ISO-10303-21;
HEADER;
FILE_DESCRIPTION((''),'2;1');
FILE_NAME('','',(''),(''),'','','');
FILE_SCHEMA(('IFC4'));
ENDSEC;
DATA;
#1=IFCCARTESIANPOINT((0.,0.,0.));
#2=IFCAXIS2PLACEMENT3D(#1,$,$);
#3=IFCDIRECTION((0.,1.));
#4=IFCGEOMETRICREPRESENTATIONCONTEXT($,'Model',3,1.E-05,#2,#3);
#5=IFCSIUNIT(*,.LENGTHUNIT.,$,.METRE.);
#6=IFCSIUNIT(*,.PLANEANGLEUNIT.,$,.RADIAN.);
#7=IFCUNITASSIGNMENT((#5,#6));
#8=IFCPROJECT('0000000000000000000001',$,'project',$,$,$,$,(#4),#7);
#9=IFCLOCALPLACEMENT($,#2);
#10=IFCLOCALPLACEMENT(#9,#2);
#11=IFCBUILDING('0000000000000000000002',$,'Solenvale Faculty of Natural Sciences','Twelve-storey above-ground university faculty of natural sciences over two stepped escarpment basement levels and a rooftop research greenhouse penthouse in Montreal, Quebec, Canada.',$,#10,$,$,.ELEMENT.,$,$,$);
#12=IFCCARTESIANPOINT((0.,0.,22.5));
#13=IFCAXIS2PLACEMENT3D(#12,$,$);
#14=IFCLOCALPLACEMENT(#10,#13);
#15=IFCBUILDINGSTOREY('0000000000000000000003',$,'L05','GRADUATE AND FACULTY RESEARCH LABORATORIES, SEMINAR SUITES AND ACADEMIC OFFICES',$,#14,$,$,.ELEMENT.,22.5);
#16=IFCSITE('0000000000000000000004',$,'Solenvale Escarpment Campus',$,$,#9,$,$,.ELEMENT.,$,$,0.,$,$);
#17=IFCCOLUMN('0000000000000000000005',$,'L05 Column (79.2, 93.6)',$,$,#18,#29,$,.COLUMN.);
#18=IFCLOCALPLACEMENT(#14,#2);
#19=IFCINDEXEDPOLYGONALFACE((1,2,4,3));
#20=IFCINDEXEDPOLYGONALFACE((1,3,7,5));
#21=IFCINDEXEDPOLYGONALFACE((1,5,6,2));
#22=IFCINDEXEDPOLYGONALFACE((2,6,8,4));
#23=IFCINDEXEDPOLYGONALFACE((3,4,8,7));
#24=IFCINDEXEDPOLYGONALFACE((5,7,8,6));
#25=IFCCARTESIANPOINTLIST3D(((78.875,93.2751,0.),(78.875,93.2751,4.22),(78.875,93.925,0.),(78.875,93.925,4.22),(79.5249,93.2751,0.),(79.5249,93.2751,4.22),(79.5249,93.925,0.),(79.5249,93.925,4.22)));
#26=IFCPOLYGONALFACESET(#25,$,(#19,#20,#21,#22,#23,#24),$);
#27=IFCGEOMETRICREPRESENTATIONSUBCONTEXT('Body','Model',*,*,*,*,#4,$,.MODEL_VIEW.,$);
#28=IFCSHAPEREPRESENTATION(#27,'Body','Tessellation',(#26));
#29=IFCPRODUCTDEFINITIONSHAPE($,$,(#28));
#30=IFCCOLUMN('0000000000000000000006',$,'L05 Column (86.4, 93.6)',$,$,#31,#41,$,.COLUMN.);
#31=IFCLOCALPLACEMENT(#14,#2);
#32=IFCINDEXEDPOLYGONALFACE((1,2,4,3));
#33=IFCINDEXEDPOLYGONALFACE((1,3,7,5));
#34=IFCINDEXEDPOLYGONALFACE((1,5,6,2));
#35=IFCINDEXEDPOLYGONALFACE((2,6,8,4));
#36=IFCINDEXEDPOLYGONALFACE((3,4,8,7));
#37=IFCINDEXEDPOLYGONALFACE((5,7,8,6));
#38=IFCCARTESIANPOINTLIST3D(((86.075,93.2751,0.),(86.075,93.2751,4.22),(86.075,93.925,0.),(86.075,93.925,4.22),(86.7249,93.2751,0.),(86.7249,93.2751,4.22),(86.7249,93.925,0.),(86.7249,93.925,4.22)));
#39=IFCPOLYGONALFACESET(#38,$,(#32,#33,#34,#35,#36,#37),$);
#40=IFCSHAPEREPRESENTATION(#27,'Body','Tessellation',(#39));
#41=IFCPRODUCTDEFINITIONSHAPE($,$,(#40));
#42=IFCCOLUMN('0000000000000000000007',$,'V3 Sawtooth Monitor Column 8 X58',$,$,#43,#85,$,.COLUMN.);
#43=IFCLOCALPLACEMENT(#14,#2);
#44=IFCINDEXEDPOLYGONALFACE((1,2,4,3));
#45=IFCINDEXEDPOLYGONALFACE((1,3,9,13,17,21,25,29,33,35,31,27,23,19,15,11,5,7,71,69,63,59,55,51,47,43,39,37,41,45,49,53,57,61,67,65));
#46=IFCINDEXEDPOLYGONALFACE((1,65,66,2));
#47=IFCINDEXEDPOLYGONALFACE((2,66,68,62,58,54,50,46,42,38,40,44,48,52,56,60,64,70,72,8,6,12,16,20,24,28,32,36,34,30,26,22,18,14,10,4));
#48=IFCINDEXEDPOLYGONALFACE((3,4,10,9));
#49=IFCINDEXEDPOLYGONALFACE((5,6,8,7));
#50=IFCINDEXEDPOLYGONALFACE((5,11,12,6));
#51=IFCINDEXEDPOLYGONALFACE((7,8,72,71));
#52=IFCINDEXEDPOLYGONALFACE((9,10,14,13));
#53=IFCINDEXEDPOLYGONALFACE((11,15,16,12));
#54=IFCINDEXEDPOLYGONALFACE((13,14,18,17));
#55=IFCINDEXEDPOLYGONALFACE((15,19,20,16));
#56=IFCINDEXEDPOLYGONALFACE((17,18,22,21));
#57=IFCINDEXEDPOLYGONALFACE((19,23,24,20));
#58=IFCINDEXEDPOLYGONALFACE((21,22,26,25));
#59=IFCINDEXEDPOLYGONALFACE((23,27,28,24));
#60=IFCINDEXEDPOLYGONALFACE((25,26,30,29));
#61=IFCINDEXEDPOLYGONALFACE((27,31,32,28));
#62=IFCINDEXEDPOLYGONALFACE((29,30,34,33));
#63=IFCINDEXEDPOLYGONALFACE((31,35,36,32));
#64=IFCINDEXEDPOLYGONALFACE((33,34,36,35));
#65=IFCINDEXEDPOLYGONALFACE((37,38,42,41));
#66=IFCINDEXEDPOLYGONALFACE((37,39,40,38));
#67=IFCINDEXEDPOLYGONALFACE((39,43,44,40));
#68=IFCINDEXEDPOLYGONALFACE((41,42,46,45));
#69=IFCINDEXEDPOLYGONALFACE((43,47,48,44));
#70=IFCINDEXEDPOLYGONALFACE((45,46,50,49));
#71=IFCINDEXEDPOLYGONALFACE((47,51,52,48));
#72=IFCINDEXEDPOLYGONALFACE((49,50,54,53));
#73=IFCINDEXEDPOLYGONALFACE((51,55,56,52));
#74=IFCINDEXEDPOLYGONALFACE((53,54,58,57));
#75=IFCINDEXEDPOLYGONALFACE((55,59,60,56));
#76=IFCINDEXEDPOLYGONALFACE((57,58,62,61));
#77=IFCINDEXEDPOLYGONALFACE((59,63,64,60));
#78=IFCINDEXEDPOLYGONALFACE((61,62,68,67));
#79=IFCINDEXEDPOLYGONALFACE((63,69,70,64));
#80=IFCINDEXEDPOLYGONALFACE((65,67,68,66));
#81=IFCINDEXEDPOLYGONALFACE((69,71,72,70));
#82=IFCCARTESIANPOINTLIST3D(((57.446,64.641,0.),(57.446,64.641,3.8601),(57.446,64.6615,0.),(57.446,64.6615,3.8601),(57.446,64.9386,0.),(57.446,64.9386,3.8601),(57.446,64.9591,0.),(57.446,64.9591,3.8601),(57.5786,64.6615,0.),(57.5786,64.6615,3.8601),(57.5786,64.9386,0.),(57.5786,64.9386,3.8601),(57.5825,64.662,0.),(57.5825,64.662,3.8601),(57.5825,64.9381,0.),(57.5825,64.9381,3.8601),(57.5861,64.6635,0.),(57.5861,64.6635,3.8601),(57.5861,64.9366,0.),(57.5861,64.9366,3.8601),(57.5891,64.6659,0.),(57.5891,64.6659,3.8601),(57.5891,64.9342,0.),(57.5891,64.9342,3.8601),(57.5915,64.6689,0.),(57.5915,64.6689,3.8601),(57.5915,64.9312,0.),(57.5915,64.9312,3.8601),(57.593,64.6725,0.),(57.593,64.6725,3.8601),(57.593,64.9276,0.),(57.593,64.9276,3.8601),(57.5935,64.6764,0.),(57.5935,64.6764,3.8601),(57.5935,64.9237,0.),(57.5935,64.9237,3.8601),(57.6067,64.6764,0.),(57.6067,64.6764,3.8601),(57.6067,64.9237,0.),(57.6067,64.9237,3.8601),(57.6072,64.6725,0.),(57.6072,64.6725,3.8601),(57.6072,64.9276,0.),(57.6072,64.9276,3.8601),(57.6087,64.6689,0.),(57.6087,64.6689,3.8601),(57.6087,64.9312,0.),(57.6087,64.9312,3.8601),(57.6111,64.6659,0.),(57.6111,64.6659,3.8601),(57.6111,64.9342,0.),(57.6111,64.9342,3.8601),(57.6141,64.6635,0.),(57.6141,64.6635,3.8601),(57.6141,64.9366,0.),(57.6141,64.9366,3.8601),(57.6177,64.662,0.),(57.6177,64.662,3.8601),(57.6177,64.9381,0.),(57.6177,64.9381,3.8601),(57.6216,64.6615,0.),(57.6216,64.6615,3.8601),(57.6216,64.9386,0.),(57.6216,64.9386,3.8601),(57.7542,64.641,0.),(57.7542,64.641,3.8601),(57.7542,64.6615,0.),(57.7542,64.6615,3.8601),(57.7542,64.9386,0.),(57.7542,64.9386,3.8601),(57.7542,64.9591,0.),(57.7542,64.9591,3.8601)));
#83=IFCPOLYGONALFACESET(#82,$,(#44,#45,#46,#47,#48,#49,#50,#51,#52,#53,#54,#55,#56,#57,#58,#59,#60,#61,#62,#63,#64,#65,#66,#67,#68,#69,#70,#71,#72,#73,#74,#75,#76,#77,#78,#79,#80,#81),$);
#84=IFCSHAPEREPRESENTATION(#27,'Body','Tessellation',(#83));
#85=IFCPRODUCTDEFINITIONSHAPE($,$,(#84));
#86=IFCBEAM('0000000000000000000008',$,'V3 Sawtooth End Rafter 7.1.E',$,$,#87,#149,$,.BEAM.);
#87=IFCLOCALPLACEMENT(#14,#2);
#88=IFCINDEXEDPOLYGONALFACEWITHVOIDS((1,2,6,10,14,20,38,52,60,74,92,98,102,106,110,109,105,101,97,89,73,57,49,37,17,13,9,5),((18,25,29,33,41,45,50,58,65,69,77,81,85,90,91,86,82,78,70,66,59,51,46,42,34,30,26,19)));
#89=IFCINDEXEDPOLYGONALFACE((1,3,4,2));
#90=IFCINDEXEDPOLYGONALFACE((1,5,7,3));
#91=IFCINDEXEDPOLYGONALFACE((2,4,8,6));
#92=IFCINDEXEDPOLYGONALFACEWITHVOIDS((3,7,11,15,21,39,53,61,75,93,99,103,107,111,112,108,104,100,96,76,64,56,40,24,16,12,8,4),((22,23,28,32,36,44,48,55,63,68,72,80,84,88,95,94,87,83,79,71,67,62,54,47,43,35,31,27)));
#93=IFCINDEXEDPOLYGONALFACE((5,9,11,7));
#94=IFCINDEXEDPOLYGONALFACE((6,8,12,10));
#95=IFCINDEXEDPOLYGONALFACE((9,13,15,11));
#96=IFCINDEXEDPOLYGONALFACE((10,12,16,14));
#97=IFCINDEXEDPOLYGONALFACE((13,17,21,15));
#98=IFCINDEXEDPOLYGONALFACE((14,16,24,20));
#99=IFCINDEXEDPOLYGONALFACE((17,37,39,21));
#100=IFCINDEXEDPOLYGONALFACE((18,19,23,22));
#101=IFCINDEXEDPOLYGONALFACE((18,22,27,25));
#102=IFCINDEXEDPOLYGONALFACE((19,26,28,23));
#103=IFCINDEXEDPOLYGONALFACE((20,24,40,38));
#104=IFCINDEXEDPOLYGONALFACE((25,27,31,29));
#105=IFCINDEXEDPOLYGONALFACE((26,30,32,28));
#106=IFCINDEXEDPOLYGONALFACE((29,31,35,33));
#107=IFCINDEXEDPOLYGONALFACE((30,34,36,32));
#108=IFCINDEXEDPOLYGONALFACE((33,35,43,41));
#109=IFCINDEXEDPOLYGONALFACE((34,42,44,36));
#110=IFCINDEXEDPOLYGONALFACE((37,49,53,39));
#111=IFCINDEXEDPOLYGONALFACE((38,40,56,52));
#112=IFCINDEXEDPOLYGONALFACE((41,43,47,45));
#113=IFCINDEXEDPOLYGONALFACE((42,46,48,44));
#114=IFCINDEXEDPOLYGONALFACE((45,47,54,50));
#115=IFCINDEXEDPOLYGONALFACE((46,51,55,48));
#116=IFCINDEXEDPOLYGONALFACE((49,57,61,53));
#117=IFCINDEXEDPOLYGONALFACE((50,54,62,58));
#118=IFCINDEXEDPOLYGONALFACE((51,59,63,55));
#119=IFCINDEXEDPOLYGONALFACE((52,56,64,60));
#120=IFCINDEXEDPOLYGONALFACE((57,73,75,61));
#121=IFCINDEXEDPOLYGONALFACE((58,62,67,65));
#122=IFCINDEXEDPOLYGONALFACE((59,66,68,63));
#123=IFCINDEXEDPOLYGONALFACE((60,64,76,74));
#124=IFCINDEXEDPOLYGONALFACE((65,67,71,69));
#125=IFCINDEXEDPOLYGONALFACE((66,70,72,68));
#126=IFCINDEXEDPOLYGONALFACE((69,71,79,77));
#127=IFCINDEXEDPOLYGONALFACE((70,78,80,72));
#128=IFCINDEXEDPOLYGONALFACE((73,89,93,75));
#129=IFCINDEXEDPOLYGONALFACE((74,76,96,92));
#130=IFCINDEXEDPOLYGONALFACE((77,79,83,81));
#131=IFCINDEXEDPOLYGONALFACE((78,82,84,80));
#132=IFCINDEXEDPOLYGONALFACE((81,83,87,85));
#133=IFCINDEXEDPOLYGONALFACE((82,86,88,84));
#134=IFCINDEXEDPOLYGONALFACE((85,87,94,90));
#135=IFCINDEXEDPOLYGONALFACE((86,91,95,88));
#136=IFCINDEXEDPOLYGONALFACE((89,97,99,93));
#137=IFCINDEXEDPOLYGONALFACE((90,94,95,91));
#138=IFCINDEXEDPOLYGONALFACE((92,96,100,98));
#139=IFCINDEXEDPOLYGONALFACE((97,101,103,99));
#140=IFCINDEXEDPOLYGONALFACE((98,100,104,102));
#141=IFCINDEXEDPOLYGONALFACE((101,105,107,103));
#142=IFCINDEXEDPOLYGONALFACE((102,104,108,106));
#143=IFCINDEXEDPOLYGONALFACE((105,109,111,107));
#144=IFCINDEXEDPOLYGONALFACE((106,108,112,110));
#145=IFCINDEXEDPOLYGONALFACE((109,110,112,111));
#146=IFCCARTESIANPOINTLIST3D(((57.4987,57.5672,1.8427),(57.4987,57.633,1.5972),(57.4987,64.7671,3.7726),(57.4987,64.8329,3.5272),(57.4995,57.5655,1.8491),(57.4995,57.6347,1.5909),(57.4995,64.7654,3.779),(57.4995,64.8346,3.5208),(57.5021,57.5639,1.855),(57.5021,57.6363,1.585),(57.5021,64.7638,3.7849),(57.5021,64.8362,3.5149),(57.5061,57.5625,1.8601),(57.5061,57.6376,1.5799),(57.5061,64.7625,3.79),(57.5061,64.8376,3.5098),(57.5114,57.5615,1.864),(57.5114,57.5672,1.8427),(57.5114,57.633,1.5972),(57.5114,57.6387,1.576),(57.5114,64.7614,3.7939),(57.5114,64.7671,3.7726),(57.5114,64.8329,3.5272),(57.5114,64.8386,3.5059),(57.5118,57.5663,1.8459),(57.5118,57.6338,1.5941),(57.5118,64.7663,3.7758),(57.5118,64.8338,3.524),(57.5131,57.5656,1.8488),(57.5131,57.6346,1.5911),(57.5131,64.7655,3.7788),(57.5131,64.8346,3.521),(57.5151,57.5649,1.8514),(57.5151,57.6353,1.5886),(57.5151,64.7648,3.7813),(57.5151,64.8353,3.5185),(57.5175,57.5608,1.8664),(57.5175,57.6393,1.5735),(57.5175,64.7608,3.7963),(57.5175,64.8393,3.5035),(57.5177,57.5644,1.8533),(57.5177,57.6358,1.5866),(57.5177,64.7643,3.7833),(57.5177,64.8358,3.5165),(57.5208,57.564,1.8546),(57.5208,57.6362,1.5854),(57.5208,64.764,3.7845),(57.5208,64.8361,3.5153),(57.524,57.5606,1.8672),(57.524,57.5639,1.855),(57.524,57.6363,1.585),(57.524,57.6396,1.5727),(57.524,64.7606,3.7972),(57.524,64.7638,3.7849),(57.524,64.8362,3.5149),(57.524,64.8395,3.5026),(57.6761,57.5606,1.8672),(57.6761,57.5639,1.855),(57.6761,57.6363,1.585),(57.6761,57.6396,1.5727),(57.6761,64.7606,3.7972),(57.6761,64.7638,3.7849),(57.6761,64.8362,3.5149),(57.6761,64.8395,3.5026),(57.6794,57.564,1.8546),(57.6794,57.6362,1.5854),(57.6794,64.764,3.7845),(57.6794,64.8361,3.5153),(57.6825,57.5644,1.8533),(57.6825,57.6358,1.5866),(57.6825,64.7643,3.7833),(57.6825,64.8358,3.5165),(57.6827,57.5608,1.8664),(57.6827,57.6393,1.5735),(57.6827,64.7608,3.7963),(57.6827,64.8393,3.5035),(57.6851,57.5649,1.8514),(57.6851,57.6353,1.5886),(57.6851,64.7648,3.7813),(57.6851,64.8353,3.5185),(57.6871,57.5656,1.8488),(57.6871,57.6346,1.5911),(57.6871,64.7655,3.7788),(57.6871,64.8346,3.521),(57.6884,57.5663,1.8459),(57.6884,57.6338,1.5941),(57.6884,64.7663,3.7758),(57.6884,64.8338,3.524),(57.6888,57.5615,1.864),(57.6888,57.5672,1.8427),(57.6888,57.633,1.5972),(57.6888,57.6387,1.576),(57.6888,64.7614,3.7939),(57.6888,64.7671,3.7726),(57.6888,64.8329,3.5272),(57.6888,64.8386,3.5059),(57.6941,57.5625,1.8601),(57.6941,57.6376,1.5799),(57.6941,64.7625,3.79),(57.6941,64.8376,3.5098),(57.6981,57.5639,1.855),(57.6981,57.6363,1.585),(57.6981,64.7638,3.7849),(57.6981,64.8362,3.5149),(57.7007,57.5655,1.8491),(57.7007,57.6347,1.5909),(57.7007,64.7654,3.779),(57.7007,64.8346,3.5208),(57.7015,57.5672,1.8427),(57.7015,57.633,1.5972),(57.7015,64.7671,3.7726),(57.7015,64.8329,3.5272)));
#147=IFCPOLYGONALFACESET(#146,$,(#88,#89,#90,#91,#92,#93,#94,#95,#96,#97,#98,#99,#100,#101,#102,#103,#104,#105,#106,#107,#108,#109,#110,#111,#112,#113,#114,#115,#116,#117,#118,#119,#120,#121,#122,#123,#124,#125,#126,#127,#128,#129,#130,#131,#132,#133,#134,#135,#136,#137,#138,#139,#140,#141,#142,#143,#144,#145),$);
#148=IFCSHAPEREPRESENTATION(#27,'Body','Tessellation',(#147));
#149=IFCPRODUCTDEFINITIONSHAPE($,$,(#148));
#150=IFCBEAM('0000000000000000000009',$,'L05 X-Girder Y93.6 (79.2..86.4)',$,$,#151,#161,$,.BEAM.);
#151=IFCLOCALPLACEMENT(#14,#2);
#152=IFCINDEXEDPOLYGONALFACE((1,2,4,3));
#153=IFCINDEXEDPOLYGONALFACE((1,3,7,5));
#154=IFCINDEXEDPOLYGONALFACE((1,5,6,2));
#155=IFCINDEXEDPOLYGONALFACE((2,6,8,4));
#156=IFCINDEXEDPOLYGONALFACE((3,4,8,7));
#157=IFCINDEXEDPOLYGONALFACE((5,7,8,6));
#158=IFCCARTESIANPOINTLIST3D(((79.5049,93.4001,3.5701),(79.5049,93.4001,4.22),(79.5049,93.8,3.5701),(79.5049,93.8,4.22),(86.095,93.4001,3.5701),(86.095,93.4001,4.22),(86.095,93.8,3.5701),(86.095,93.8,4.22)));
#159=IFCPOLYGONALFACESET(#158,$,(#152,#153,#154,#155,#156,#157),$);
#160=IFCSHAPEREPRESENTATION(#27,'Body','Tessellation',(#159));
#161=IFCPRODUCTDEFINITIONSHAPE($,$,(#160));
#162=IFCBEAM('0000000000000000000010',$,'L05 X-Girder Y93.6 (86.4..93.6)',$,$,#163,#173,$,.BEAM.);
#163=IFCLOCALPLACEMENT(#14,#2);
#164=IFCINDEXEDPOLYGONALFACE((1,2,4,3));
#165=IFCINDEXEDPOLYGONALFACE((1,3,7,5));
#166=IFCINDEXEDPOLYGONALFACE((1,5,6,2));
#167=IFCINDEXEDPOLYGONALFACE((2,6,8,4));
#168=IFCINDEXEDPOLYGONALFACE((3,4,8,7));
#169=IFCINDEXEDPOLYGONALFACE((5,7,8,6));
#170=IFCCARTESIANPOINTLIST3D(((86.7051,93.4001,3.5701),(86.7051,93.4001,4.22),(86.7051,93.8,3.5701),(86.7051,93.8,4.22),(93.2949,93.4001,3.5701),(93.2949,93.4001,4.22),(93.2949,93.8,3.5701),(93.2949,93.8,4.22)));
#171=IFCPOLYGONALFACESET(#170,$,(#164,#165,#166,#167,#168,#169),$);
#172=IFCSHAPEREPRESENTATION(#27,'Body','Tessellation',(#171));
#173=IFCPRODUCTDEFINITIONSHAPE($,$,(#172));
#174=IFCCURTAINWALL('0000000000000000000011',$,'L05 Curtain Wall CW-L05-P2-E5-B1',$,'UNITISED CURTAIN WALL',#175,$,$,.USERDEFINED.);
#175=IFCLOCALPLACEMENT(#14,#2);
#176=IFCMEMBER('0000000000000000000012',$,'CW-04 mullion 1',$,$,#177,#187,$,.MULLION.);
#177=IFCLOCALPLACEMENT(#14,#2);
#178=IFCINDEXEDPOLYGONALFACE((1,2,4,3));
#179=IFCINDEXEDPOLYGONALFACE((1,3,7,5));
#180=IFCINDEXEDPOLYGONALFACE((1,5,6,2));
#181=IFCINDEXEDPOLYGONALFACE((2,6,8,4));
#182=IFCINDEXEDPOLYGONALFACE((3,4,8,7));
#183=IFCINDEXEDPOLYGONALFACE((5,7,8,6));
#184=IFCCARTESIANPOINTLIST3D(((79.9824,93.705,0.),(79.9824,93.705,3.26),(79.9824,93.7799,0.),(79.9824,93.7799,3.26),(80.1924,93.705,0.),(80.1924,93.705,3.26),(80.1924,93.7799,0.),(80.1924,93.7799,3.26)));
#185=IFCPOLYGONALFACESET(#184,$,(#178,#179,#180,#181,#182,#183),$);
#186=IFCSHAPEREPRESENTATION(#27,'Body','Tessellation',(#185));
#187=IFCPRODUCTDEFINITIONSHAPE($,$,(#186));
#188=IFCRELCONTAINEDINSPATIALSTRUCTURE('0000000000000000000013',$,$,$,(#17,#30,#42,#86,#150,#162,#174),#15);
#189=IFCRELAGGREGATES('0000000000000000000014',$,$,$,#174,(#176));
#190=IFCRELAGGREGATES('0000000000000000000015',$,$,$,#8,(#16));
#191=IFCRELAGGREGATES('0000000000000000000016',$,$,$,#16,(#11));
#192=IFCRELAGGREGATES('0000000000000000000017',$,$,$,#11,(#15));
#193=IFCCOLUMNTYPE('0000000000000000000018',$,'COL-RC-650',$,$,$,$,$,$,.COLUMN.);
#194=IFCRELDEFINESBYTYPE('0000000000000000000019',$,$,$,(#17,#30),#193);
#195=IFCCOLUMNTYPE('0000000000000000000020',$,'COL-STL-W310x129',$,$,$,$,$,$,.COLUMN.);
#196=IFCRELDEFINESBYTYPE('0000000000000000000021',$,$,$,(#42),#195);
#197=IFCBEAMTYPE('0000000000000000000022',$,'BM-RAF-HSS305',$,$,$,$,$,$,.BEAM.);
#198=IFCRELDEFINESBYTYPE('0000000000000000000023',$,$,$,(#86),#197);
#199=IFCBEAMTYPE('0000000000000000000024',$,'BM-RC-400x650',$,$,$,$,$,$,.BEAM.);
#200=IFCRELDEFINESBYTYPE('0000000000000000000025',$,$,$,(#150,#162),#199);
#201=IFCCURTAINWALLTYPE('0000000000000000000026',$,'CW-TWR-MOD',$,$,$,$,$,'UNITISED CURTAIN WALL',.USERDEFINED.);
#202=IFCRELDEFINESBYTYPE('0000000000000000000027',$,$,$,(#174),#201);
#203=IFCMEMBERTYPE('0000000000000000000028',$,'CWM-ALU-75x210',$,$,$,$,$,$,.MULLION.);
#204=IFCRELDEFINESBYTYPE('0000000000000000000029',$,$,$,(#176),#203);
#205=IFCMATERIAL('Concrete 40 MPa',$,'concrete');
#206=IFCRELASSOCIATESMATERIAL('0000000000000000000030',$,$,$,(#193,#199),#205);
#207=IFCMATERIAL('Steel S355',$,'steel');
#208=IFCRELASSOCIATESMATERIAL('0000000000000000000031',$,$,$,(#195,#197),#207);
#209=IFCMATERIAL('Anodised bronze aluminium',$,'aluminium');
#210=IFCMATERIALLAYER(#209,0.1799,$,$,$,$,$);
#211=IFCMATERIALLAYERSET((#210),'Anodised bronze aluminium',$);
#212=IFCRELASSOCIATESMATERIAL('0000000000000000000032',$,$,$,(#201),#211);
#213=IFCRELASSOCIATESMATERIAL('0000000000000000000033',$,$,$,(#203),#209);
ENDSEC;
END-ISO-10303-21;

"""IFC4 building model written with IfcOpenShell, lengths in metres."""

from ifc_helpers import new_model, si_unit, direction, frame, origin, origin_2d, place, context, subcontext, project, spatial, rectangle, hollow_rectangle, i_section, extrude, material, layer, layer_set, material_profile, profile_set, type_object, element, aggregate, save


model = new_model("IFC4")

# Units and contexts
model_context = context("Model", 3, precision=1e-05, world=origin(), true_north=direction((0.0, 1.0)))
body_context = subcontext(model_context, "Body", "Model", "MODEL_VIEW")
ifc_project = project(units=[si_unit("LENGTHUNIT", "METRE"), si_unit("PLANEANGLEUNIT", "RADIAN")], contexts=[model_context])

# Site, building, storey
site_placement = place(None, origin())
site = spatial("IfcSite", under=ifc_project, at=site_placement, Name="Solenvale Escarpment Campus", CompositionType="ELEMENT", RefElevation=0.0)
building_placement = place(site_placement, origin())
building = spatial("IfcBuilding", under=site, at=building_placement, Name="Solenvale Faculty of Natural Sciences", Description="Twelve-storey above-ground university faculty of natural sciences over two stepped escarpment basement levels and a rooftop research greenhouse penthouse in Montreal, Quebec, Canada.", CompositionType="ELEMENT")
storey_placement = place(building_placement, frame((0.0, 0.0, 22.5)))
storey = spatial("IfcBuildingStorey", under=building, at=storey_placement, Name="L05", Description="GRADUATE AND FACULTY RESEARCH LABORATORIES, SEMINAR SUITES AND ACADEMIC OFFICES", CompositionType="ELEMENT", Elevation=22.5)

# Columns
ifc_material_1 = material(Name="Concrete 40 MPa", Category="concrete")
ifc_material_profile_1 = material_profile(ifc_material_1, rectangle(XDim=0.6499, YDim=0.6499, at=origin_2d()), Name="RC-COL-650x650")
ifc_profile_set_1 = profile_set([ifc_material_profile_1], Name="Concrete 40 MPa")
column_type_1 = type_object("IfcColumnType", Name="COL-RC-650", PredefinedType="COLUMN", material=ifc_profile_set_1)
for number, where, z_axis, x_axis, name in (
    (1, (79.2, 93.6001, 0.0), (0.0, 0.0, 1.0), (1.0, 0.0, 0.0), "L05 Column (79.2, 93.6)"),
    (2, (86.3999, 93.6001, 0.0), (0.0, 0.0, 1.0), (1.0, 0.0, 0.0), "L05 Column (86.4, 93.6)"),
):
    element("IfcColumn", number, at=place(storey_placement, frame(where, z_axis=z_axis, x_axis=x_axis)), inside=storey, type_object=column_type_1, Name=name, PredefinedType="COLUMN", context=body_context, shape_type="SweptSolid", body=[
        extrude(rectangle(XDim=0.6499, YDim=0.6499, at=origin_2d()), origin(), (0.0, 0.0, 1.0), 4.22),
    ])
ifc_material_2 = material(Name="Steel S355", Category="steel")
ifc_material_profile_2 = material_profile(ifc_material_2, i_section(OverallWidth=0.3081, OverallDepth=0.3181, WebThickness=0.0132, FlangeThickness=0.0205, FilletRadius=0.0149, at=origin_2d()), Name="W310x129")
ifc_profile_set_2 = profile_set([ifc_material_profile_2], Name="Steel S355")
column_type_2 = type_object("IfcColumnType", Name="COL-STL-W310x129", PredefinedType="COLUMN", material=ifc_profile_set_2)
column_placement = place(storey_placement, frame((57.6001, 64.8, 0.0), z_axis=(0.0, 0.0, 1.0), x_axis=(1.0, 0.0, 0.0)))
element("IfcColumn", 3, at=column_placement, inside=storey, type_object=column_type_2, Name="V3 Sawtooth Monitor Column 8 X58", PredefinedType="COLUMN", context=body_context, shape_type="SweptSolid", body=[
    extrude(i_section(OverallWidth=0.3081, OverallDepth=0.3181, WebThickness=0.0132, FlangeThickness=0.0205, FilletRadius=0.0149, at=origin_2d()), origin(), (0.0, 0.0, 1.0), 3.8601),
])

# Beams
ifc_material_profile_3 = material_profile(ifc_material_2, hollow_rectangle(XDim=0.2029, YDim=0.3049, WallThickness=0.0127, InnerFilletRadius=0.0127, OuterFilletRadius=0.0254, at=origin_2d()), Name="HSS305x203x13")
ifc_profile_set_3 = profile_set([ifc_material_profile_3], Name="Steel S355")
beam_type_1 = type_object("IfcBeamType", Name="BM-RAF-HSS305", PredefinedType="BEAM", material=ifc_profile_set_3)
beam_1_placement = place(storey_placement, frame((57.6001, 57.6001, 1.72), z_axis=(0.0, 0.965902, 0.258908), x_axis=(-1.0, 0.0, 0.0)))
element("IfcBeam", 4, at=beam_1_placement, inside=storey, type_object=beam_type_1, Name="V3 Sawtooth End Rafter 7.1.E", PredefinedType="BEAM", context=body_context, shape_type="SweptSolid", body=[
    extrude(hollow_rectangle(XDim=0.2029, YDim=0.3049, WallThickness=0.0127, InnerFilletRadius=0.0127, OuterFilletRadius=0.0254, at=origin_2d()), origin(), (0.0, 0.0, 1.0), 7.4541),
])
ifc_material_profile_4 = material_profile(ifc_material_1, rectangle(XDim=0.3999, YDim=0.6499, at=origin_2d()), Name="RC-BM-400x650")
ifc_profile_set_4 = profile_set([ifc_material_profile_4], Name="Concrete 40 MPa")
beam_type_2 = type_object("IfcBeamType", Name="BM-RC-400x650", PredefinedType="BEAM", material=ifc_profile_set_4)
beam_2_placement = place(storey_placement, frame((79.5049, 93.6001, 3.895), z_axis=(1.0, 0.0, 0.0), x_axis=(0.0, 1.0, 0.0)))
element("IfcBeam", 5, at=beam_2_placement, inside=storey, type_object=beam_type_2, Name="L05 X-Girder Y93.6 (79.2..86.4)", PredefinedType="BEAM", context=body_context, shape_type="SweptSolid", body=[
    extrude(rectangle(XDim=0.3999, YDim=0.6499, at=origin_2d()), origin(), (0.0, 0.0, 1.0), 6.5901),
])
beam_3_placement = place(storey_placement, frame((86.7051, 93.6001, 3.895), z_axis=(1.0, 0.0, 0.0), x_axis=(0.0, 1.0, 0.0)))
element("IfcBeam", 6, at=beam_3_placement, inside=storey, type_object=beam_type_2, Name="L05 X-Girder Y93.6 (86.4..93.6)", PredefinedType="BEAM", context=body_context, shape_type="SweptSolid", body=[
    extrude(rectangle(XDim=0.3999, YDim=0.6499, at=origin_2d()), origin(), (0.0, 0.0, 1.0), 6.5898),
])

# Curtain wall, member
ifc_material_3 = material(Name="Anodised bronze aluminium", Category="aluminium")
ifc_layer_1 = layer(ifc_material_3, 0.1799)
ifc_layer_set_1 = layer_set([ifc_layer_1], Name="Anodised bronze aluminium")
curtain_wall_type = type_object("IfcCurtainWallType", Name="CW-TWR-MOD", ElementType="UNITISED CURTAIN WALL", PredefinedType="USERDEFINED", material=ifc_layer_set_1)
curtain_wall_placement = place(storey_placement, origin())
curtain_wall = element("IfcCurtainWall", 7, at=curtain_wall_placement, inside=storey, type_object=curtain_wall_type, Name="L05 Curtain Wall CW-L05-P2-E5-B1", ObjectType="UNITISED CURTAIN WALL", PredefinedType="USERDEFINED")
ifc_material_profile_5 = material_profile(ifc_material_3, rectangle(XDim=0.075, YDim=0.21, at=origin_2d()), Name="ALU-MUL-75x210")
ifc_profile_set_5 = profile_set([ifc_material_profile_5], Name="Anodised bronze aluminium")
member_type_1 = type_object("IfcMemberType", Name="CWM-ALU-75x210", PredefinedType="MULLION", material=ifc_profile_set_5)
member_1_placement = place(storey_placement, frame((80.0874, 93.7424, 0.0), z_axis=(0.0, 0.0, 1.0), x_axis=(0.0, 1.0, 0.0)))
member_1 = element("IfcMember", 8, at=member_1_placement, type_object=member_type_1, Name="CW-04 mullion 1", PredefinedType="MULLION", context=body_context, shape_type="SweptSolid", body=[
    extrude(rectangle(XDim=0.075, YDim=0.21, at=origin_2d()), origin(), (0.0, 0.0, 1.0), 3.26),
])

aggregate(curtain_wall, [member_1])

save(model, "model.ifc")
